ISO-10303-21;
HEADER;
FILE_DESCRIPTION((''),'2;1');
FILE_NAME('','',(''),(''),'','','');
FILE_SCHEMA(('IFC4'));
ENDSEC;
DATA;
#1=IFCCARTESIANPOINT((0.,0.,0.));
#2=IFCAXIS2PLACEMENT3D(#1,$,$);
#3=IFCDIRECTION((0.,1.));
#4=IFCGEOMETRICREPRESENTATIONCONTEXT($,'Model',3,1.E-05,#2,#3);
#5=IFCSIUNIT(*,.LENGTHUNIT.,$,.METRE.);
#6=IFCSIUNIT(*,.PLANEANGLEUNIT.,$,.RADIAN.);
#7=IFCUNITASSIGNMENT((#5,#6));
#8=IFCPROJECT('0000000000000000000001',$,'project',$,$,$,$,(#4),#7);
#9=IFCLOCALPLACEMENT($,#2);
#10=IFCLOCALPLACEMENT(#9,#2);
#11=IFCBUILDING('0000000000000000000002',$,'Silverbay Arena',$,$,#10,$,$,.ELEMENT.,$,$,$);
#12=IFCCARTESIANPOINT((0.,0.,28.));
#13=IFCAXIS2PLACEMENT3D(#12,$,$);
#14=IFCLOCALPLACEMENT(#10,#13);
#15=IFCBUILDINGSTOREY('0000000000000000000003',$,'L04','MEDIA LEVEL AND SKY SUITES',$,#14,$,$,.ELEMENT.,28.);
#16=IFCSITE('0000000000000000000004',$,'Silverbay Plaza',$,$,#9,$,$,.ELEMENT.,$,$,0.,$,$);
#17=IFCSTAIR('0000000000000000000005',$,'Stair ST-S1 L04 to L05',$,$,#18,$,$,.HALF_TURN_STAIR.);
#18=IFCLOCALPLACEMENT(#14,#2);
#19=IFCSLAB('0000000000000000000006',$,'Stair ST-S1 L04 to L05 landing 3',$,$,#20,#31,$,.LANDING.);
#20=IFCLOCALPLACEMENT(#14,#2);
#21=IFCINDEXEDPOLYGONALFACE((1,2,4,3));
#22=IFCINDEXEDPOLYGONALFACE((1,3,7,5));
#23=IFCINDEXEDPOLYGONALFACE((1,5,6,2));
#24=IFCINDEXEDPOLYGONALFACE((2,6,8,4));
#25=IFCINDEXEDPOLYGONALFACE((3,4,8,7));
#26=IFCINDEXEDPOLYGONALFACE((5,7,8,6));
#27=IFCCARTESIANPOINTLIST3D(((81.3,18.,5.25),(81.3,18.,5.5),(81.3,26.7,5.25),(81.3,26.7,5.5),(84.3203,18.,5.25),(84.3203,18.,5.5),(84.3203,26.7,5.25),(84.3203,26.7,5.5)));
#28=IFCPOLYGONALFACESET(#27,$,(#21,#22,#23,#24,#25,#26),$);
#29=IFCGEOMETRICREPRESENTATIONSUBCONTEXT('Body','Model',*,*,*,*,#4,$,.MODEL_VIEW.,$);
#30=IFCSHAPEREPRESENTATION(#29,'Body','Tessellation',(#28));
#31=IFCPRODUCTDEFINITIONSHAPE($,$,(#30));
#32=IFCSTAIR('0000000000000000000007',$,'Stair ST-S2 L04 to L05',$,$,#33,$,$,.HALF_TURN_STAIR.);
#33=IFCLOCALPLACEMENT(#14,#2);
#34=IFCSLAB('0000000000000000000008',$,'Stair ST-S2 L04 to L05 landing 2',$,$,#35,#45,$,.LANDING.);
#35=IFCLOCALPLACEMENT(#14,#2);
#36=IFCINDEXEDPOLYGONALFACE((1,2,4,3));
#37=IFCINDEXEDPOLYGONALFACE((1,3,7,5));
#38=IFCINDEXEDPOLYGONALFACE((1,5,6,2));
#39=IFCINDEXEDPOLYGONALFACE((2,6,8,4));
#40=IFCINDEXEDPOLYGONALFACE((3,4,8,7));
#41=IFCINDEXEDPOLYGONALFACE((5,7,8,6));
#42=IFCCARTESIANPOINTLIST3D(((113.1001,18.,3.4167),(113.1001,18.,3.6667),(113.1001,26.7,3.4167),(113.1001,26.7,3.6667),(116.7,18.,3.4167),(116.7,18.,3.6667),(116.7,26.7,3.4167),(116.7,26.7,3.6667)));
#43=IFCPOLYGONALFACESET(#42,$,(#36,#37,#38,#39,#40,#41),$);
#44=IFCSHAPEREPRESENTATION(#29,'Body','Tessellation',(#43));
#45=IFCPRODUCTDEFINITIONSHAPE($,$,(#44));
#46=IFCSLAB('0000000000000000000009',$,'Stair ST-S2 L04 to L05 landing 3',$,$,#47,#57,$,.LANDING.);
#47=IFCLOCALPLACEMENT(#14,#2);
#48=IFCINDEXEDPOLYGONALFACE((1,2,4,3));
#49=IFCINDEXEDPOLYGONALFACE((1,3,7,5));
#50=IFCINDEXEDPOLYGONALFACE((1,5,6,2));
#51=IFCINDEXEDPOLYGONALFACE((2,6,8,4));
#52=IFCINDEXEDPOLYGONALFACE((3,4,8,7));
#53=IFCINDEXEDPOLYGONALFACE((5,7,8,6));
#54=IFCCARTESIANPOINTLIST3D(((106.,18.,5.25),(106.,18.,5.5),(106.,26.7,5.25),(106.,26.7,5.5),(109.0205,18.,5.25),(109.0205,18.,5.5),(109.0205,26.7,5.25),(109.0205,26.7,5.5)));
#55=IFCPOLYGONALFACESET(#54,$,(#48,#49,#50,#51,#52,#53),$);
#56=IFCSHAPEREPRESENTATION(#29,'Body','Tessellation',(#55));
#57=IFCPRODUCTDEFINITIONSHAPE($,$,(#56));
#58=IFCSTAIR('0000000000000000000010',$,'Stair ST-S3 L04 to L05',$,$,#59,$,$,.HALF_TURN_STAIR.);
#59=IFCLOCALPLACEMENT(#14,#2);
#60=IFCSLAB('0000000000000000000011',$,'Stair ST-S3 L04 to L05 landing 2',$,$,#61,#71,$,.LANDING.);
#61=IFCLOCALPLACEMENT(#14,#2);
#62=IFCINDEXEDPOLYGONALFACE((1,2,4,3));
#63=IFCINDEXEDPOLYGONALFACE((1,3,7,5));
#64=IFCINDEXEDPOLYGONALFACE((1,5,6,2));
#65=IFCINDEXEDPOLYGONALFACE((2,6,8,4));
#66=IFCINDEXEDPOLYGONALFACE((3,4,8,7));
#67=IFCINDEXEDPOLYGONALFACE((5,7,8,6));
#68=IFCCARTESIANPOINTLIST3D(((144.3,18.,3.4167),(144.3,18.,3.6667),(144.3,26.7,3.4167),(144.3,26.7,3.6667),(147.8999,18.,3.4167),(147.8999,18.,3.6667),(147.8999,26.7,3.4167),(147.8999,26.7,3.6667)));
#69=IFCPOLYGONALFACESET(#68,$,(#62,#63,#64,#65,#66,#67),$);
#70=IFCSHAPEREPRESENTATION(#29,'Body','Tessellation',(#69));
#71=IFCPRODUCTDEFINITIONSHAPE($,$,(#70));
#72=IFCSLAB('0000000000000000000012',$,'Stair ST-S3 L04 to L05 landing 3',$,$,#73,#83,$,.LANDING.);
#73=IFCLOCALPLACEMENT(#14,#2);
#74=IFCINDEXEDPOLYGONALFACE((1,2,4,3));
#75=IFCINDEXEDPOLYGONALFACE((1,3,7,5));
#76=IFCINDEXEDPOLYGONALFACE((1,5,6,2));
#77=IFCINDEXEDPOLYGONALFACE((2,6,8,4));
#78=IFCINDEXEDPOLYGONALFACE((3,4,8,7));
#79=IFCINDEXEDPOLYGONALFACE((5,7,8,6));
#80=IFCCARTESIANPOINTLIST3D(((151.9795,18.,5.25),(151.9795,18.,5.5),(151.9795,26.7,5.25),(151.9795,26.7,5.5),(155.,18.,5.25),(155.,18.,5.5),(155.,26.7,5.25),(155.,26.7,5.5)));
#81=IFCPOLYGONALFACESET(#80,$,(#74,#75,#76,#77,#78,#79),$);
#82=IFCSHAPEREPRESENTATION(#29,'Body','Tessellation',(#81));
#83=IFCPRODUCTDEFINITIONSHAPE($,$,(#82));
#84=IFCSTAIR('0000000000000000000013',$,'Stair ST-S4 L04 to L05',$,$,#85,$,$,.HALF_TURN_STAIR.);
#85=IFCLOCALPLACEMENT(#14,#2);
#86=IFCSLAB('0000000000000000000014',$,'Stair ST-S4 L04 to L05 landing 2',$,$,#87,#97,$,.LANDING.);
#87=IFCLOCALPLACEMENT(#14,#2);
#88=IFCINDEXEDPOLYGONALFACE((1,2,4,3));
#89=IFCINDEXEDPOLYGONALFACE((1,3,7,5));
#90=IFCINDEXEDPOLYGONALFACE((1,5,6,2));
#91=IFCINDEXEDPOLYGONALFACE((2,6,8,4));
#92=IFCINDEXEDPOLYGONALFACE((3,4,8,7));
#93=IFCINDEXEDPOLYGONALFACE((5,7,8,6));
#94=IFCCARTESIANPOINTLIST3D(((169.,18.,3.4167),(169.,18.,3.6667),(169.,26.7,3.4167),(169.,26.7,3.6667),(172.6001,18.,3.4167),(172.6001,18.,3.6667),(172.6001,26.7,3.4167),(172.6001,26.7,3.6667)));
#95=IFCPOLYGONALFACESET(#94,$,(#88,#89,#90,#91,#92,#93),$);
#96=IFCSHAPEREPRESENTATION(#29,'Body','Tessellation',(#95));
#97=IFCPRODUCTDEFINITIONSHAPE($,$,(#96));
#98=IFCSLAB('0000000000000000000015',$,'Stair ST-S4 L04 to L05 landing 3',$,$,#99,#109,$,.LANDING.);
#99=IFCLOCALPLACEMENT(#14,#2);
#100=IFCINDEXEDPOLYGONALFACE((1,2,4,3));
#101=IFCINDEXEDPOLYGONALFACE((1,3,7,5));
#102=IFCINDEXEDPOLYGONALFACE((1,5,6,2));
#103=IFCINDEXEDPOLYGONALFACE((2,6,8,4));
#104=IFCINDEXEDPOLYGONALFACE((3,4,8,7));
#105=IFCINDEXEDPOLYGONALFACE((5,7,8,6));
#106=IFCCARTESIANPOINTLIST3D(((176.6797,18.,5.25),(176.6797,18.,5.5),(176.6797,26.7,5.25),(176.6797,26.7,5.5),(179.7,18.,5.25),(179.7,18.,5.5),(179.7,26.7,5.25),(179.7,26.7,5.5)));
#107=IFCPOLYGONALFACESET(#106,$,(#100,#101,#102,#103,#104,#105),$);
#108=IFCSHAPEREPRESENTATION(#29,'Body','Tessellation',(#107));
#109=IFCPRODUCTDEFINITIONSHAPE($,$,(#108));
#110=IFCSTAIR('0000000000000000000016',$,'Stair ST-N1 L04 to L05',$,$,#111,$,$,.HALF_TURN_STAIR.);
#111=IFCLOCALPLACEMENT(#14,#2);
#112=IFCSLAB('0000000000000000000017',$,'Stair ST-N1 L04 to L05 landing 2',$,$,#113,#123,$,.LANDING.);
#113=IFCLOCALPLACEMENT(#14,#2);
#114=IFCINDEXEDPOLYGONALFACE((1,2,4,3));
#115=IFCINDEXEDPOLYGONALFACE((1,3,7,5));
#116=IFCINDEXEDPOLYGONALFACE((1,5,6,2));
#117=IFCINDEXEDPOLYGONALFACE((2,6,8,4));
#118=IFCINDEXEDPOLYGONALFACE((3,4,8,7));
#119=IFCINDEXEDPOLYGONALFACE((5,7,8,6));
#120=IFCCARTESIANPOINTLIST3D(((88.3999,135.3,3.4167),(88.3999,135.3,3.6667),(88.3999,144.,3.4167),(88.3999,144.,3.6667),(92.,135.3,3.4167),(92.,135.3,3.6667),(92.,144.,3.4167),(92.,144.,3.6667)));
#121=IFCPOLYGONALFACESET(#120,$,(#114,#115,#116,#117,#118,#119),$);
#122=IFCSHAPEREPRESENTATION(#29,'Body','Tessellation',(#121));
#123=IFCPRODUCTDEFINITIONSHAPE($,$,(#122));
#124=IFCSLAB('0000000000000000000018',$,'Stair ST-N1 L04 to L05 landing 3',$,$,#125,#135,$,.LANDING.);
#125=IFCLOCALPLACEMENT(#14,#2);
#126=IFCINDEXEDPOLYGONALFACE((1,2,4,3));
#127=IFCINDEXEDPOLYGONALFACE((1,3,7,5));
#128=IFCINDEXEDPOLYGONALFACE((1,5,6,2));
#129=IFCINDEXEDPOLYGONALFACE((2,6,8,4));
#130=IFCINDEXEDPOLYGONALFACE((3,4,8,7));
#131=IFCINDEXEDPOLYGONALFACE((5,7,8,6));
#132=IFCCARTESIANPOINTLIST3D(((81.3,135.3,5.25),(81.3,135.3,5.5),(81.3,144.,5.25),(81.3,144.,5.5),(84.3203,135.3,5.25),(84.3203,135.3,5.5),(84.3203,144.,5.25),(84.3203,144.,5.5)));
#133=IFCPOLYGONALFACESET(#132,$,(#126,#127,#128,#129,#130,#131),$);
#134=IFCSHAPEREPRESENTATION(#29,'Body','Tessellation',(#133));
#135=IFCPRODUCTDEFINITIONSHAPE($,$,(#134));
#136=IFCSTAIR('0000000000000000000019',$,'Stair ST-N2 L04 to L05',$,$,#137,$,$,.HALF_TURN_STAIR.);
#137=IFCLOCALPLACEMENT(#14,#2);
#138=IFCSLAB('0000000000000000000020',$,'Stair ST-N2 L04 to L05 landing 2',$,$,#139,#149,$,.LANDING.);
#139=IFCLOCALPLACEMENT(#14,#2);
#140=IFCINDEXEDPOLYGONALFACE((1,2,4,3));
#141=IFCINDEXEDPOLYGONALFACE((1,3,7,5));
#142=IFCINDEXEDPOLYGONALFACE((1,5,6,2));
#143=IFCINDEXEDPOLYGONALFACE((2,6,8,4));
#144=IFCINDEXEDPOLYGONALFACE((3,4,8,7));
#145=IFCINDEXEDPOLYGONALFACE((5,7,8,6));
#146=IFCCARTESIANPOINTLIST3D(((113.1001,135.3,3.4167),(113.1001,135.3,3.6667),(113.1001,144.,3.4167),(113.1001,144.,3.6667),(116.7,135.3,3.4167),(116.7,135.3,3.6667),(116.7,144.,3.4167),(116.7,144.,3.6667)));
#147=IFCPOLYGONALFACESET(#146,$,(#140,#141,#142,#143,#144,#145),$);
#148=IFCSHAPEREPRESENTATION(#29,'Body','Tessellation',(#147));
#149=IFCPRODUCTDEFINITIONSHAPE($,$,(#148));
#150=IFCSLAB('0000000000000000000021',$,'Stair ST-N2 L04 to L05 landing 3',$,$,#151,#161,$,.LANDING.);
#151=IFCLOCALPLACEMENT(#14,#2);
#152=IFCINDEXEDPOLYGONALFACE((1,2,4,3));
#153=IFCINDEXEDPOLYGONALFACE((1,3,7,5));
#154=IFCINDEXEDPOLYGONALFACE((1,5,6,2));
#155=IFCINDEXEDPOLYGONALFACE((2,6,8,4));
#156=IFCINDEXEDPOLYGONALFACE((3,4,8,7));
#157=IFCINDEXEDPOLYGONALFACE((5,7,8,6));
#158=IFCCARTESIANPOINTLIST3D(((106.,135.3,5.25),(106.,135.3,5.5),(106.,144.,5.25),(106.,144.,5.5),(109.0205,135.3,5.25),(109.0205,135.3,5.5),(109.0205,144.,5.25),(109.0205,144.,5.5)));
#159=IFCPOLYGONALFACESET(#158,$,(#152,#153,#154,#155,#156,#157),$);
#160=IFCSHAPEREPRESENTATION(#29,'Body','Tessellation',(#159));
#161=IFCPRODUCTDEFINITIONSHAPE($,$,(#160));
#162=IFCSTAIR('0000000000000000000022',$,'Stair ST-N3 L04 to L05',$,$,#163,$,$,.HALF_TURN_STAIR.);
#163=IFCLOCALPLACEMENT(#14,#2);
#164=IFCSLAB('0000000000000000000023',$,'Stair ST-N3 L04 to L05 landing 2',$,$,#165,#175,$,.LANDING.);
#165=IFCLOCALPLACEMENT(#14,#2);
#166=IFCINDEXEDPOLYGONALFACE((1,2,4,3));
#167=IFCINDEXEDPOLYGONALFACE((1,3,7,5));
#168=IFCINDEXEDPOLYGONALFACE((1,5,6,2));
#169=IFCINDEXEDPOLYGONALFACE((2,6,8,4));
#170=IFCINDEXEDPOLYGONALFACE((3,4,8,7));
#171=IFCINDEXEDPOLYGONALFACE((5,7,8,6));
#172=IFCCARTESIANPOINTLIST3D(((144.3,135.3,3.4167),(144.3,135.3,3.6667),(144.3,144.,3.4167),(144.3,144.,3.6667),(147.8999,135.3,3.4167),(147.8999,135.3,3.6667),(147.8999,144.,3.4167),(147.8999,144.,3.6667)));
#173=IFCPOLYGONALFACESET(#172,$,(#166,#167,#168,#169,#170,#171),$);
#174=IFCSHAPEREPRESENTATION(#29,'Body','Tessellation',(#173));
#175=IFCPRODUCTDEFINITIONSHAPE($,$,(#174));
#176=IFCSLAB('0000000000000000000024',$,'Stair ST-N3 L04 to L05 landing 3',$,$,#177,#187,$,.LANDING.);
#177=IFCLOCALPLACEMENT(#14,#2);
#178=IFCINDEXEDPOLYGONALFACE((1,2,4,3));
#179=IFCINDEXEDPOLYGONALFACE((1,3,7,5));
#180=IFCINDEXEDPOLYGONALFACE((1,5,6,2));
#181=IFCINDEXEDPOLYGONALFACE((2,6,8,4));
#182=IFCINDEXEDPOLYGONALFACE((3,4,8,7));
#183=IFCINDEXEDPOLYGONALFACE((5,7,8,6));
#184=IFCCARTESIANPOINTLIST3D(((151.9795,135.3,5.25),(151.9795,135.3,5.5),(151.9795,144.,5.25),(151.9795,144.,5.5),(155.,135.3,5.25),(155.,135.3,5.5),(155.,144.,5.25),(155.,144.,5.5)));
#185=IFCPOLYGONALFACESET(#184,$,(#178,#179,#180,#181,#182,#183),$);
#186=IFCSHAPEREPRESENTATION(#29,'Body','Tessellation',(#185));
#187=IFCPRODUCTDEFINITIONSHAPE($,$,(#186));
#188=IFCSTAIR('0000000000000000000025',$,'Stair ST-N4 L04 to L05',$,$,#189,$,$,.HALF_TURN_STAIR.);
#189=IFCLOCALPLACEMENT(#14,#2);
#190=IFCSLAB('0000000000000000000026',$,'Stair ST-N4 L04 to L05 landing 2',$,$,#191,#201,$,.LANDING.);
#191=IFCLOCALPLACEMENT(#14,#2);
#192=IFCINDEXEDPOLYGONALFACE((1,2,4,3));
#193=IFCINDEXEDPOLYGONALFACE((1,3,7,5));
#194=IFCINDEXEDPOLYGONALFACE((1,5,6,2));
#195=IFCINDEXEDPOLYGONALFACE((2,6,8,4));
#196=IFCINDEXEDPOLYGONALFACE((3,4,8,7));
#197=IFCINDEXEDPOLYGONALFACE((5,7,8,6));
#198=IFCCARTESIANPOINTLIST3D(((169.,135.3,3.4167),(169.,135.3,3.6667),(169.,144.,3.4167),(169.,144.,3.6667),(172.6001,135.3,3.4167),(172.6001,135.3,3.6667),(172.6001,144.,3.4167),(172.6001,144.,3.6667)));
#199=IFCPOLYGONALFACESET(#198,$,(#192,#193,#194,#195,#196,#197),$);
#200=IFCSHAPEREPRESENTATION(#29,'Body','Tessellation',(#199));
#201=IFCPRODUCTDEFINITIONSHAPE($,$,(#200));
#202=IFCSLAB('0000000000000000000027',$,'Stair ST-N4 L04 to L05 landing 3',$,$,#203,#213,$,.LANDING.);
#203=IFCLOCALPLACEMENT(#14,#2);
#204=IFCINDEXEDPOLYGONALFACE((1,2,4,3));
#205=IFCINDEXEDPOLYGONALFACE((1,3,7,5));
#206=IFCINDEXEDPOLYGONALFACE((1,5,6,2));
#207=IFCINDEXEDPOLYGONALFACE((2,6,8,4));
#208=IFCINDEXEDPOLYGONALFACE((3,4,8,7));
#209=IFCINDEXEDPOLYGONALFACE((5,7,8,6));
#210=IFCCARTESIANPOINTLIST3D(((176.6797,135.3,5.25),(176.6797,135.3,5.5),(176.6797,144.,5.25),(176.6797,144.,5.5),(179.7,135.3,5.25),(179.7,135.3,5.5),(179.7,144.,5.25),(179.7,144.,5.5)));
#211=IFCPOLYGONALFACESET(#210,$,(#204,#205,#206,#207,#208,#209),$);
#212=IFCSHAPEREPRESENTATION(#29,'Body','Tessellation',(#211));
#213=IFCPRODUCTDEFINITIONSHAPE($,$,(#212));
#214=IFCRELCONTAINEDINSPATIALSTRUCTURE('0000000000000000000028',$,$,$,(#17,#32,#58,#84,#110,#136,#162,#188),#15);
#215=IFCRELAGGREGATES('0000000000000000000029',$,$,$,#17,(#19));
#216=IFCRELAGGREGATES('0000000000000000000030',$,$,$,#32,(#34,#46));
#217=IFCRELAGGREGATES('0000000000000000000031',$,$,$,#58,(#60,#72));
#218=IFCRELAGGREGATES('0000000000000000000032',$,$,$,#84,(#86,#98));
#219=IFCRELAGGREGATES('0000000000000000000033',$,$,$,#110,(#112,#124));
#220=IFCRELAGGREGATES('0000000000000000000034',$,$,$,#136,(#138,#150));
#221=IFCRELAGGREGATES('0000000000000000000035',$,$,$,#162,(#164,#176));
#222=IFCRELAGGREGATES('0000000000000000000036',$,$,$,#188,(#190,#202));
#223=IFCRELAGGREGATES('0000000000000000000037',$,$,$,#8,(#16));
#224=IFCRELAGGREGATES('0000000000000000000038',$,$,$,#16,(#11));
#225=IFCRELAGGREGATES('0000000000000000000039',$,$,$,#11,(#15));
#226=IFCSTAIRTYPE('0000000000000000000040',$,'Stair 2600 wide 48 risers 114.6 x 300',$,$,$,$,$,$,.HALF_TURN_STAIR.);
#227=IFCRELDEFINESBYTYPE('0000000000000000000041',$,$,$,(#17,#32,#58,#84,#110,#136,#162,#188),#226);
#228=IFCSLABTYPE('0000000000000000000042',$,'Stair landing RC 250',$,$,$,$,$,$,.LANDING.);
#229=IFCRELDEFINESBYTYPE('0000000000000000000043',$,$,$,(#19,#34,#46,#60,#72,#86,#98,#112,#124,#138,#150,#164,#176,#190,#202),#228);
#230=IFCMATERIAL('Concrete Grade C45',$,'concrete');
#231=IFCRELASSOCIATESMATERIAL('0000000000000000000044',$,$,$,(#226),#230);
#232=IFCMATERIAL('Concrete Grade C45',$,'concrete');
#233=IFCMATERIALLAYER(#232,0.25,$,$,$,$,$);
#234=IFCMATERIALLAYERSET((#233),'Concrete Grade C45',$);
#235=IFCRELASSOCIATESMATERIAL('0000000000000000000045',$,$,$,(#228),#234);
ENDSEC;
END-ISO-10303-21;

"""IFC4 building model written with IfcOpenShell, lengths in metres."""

from ifc_helpers import new_model, si_unit, direction, frame, origin, place, context, subcontext, project, spatial, polyline, outline, extrude, material, layer, layer_set, type_object, element, aggregate, save


model = new_model("IFC4")

# Units and contexts
model_context = context("Model", 3, precision=1e-05, world=origin(), true_north=direction((0.0, 1.0)))
body_context = subcontext(model_context, "Body", "Model", "MODEL_VIEW")
ifc_project = project(units=[si_unit("LENGTHUNIT", "METRE"), si_unit("PLANEANGLEUNIT", "RADIAN")], contexts=[model_context])

# Site, building, storey
site_placement = place(None, origin())
site = spatial("IfcSite", under=ifc_project, at=site_placement, Name="Silverbay Plaza", CompositionType="ELEMENT", RefElevation=0.0)
building_placement = place(site_placement, origin())
building = spatial("IfcBuilding", under=site, at=building_placement, Name="Silverbay Arena", CompositionType="ELEMENT")
storey_placement = place(building_placement, frame((0.0, 0.0, 28.0)))
storey = spatial("IfcBuildingStorey", under=building, at=storey_placement, Name="L04", Description="MEDIA LEVEL AND SKY SUITES", CompositionType="ELEMENT", Elevation=28.0)

# Stair, slab
ifc_material_1 = material(Name="Concrete Grade C45", Category="concrete")
stair_type = type_object("IfcStairType", Name="Stair 2600 wide 48 risers 114.6 x 300", PredefinedType="HALF_TURN_STAIR", material=ifc_material_1)
stair_1_placement = place(storey_placement, origin())
stair_1 = element("IfcStair", 1, at=stair_1_placement, inside=storey, type_object=stair_type, Name="Stair ST-S1 L04 to L05", PredefinedType="HALF_TURN_STAIR")
ifc_material_2 = material(Name="Concrete Grade C45", Category="concrete")
ifc_layer = layer(ifc_material_2, 0.25)
ifc_layer_set = layer_set([ifc_layer], Name="Concrete Grade C45")
slab_type = type_object("IfcSlabType", Name="Stair landing RC 250", PredefinedType="LANDING", material=ifc_layer_set)
slab_1_placement = place(storey_placement, frame((0.0, 0.0, 5.25)))
slab_1 = element("IfcSlab", 2, at=slab_1_placement, type_object=slab_type, Name="Stair ST-S1 L04 to L05 landing 3", PredefinedType="LANDING", context=body_context, shape_type="SweptSolid", body=[
    extrude(outline(polyline([(84.3203, 26.7), (81.3, 26.7), (81.3, 18.0), (84.3203, 18.0), (84.3203, 26.7)])), origin(), (0.0, 0.0, 1.0), 0.25),
])
aggregate(stair_1, [slab_1])

# Stairs, slabs
stair_2_placement = place(storey_placement, origin())
stair_2 = element("IfcStair", 3, at=stair_2_placement, inside=storey, type_object=stair_type, Name="Stair ST-S2 L04 to L05", PredefinedType="HALF_TURN_STAIR")
slab_2_placement = place(storey_placement, frame((0.0, 0.0, 3.4167)))
slab_2 = element("IfcSlab", 4, at=slab_2_placement, type_object=slab_type, Name="Stair ST-S2 L04 to L05 landing 2", PredefinedType="LANDING", context=body_context, shape_type="SweptSolid", body=[
    extrude(outline(polyline([(116.7, 26.7), (113.1001, 26.7), (113.1001, 18.0), (116.7, 18.0), (116.7, 26.7)])), origin(), (0.0, 0.0, 1.0), 0.25),
])
slab_3_placement = place(storey_placement, frame((0.0, 0.0, 5.25)))
slab_3 = element("IfcSlab", 5, at=slab_3_placement, type_object=slab_type, Name="Stair ST-S2 L04 to L05 landing 3", PredefinedType="LANDING", context=body_context, shape_type="SweptSolid", body=[
    extrude(outline(polyline([(109.0205, 26.7), (106.0, 26.7), (106.0, 18.0), (109.0205, 18.0), (109.0205, 26.7)])), origin(), (0.0, 0.0, 1.0), 0.25),
])
aggregate(stair_2, [slab_2, slab_3])
stair_3_placement = place(storey_placement, origin())
stair_3 = element("IfcStair", 6, at=stair_3_placement, inside=storey, type_object=stair_type, Name="Stair ST-S3 L04 to L05", PredefinedType="HALF_TURN_STAIR")
slab_4_placement = place(storey_placement, frame((0.0, 0.0, 3.4167)))
slab_4 = element("IfcSlab", 7, at=slab_4_placement, type_object=slab_type, Name="Stair ST-S3 L04 to L05 landing 2", PredefinedType="LANDING", context=body_context, shape_type="SweptSolid", body=[
    extrude(outline(polyline([(144.3, 26.7), (147.8999, 26.7), (147.8999, 18.0), (144.3, 18.0), (144.3, 26.7)])), origin(), (0.0, 0.0, 1.0), 0.25),
])
slab_5_placement = place(storey_placement, frame((0.0, 0.0, 5.25)))
slab_5 = element("IfcSlab", 8, at=slab_5_placement, type_object=slab_type, Name="Stair ST-S3 L04 to L05 landing 3", PredefinedType="LANDING", context=body_context, shape_type="SweptSolid", body=[
    extrude(outline(polyline([(151.9795, 26.7), (155.0, 26.7), (155.0, 18.0), (151.9795, 18.0), (151.9795, 26.7)])), origin(), (0.0, 0.0, 1.0), 0.25),
])
aggregate(stair_3, [slab_4, slab_5])
stair_4_placement = place(storey_placement, origin())
stair_4 = element("IfcStair", 9, at=stair_4_placement, inside=storey, type_object=stair_type, Name="Stair ST-S4 L04 to L05", PredefinedType="HALF_TURN_STAIR")
slab_6_placement = place(storey_placement, frame((0.0, 0.0, 3.4167)))
slab_6 = element("IfcSlab", 10, at=slab_6_placement, type_object=slab_type, Name="Stair ST-S4 L04 to L05 landing 2", PredefinedType="LANDING", context=body_context, shape_type="SweptSolid", body=[
    extrude(outline(polyline([(169.0, 26.7), (172.6001, 26.7), (172.6001, 18.0), (169.0, 18.0), (169.0, 26.7)])), origin(), (0.0, 0.0, 1.0), 0.25),
])
slab_7_placement = place(storey_placement, frame((0.0, 0.0, 5.25)))
slab_7 = element("IfcSlab", 11, at=slab_7_placement, type_object=slab_type, Name="Stair ST-S4 L04 to L05 landing 3", PredefinedType="LANDING", context=body_context, shape_type="SweptSolid", body=[
    extrude(outline(polyline([(176.6797, 26.7), (179.7, 26.7), (179.7, 18.0), (176.6797, 18.0), (176.6797, 26.7)])), origin(), (0.0, 0.0, 1.0), 0.25),
])
aggregate(stair_4, [slab_6, slab_7])
stair_5_placement = place(storey_placement, origin())
stair_5 = element("IfcStair", 12, at=stair_5_placement, inside=storey, type_object=stair_type, Name="Stair ST-N1 L04 to L05", PredefinedType="HALF_TURN_STAIR")
slab_8_placement = place(storey_placement, frame((0.0, 0.0, 3.4167)))
slab_8 = element("IfcSlab", 13, at=slab_8_placement, type_object=slab_type, Name="Stair ST-N1 L04 to L05 landing 2", PredefinedType="LANDING", context=body_context, shape_type="SweptSolid", body=[
    extrude(outline(polyline([(92.0, 135.3), (88.3999, 135.3), (88.3999, 144.0), (92.0, 144.0), (92.0, 135.3)])), origin(), (0.0, 0.0, 1.0), 0.25),
])
slab_9_placement = place(storey_placement, frame((0.0, 0.0, 5.25)))
slab_9 = element("IfcSlab", 14, at=slab_9_placement, type_object=slab_type, Name="Stair ST-N1 L04 to L05 landing 3", PredefinedType="LANDING", context=body_context, shape_type="SweptSolid", body=[
    extrude(outline(polyline([(84.3203, 135.3), (81.3, 135.3), (81.3, 144.0), (84.3203, 144.0), (84.3203, 135.3)])), origin(), (0.0, 0.0, 1.0), 0.25),
])
aggregate(stair_5, [slab_8, slab_9])
stair_6_placement = place(storey_placement, origin())
stair_6 = element("IfcStair", 15, at=stair_6_placement, inside=storey, type_object=stair_type, Name="Stair ST-N2 L04 to L05", PredefinedType="HALF_TURN_STAIR")
slab_10_placement = place(storey_placement, frame((0.0, 0.0, 3.4167)))
slab_10 = element("IfcSlab", 16, at=slab_10_placement, type_object=slab_type, Name="Stair ST-N2 L04 to L05 landing 2", PredefinedType="LANDING", context=body_context, shape_type="SweptSolid", body=[
    extrude(outline(polyline([(116.7, 135.3), (113.1001, 135.3), (113.1001, 144.0), (116.7, 144.0), (116.7, 135.3)])), origin(), (0.0, 0.0, 1.0), 0.25),
])
slab_11_placement = place(storey_placement, frame((0.0, 0.0, 5.25)))
slab_11 = element("IfcSlab", 17, at=slab_11_placement, type_object=slab_type, Name="Stair ST-N2 L04 to L05 landing 3", PredefinedType="LANDING", context=body_context, shape_type="SweptSolid", body=[
    extrude(outline(polyline([(109.0205, 135.3), (106.0, 135.3), (106.0, 144.0), (109.0205, 144.0), (109.0205, 135.3)])), origin(), (0.0, 0.0, 1.0), 0.25),
])
aggregate(stair_6, [slab_10, slab_11])
stair_7_placement = place(storey_placement, origin())
stair_7 = element("IfcStair", 18, at=stair_7_placement, inside=storey, type_object=stair_type, Name="Stair ST-N3 L04 to L05", PredefinedType="HALF_TURN_STAIR")
slab_12_placement = place(storey_placement, frame((0.0, 0.0, 3.4167)))
slab_12 = element("IfcSlab", 19, at=slab_12_placement, type_object=slab_type, Name="Stair ST-N3 L04 to L05 landing 2", PredefinedType="LANDING", context=body_context, shape_type="SweptSolid", body=[
    extrude(outline(polyline([(144.3, 135.3), (147.8999, 135.3), (147.8999, 144.0), (144.3, 144.0), (144.3, 135.3)])), origin(), (0.0, 0.0, 1.0), 0.25),
])
slab_13_placement = place(storey_placement, frame((0.0, 0.0, 5.25)))
slab_13 = element("IfcSlab", 20, at=slab_13_placement, type_object=slab_type, Name="Stair ST-N3 L04 to L05 landing 3", PredefinedType="LANDING", context=body_context, shape_type="SweptSolid", body=[
    extrude(outline(polyline([(151.9795, 135.3), (155.0, 135.3), (155.0, 144.0), (151.9795, 144.0), (151.9795, 135.3)])), origin(), (0.0, 0.0, 1.0), 0.25),
])
aggregate(stair_7, [slab_12, slab_13])
stair_8_placement = place(storey_placement, origin())
stair_8 = element("IfcStair", 21, at=stair_8_placement, inside=storey, type_object=stair_type, Name="Stair ST-N4 L04 to L05", PredefinedType="HALF_TURN_STAIR")
slab_14_placement = place(storey_placement, frame((0.0, 0.0, 3.4167)))
slab_14 = element("IfcSlab", 22, at=slab_14_placement, type_object=slab_type, Name="Stair ST-N4 L04 to L05 landing 2", PredefinedType="LANDING", context=body_context, shape_type="SweptSolid", body=[
    extrude(outline(polyline([(169.0, 135.3), (172.6001, 135.3), (172.6001, 144.0), (169.0, 144.0), (169.0, 135.3)])), origin(), (0.0, 0.0, 1.0), 0.25),
])
slab_15_placement = place(storey_placement, frame((0.0, 0.0, 5.25)))
slab_15 = element("IfcSlab", 23, at=slab_15_placement, type_object=slab_type, Name="Stair ST-N4 L04 to L05 landing 3", PredefinedType="LANDING", context=body_context, shape_type="SweptSolid", body=[
    extrude(outline(polyline([(176.6797, 135.3), (179.7, 135.3), (179.7, 144.0), (176.6797, 144.0), (176.6797, 135.3)])), origin(), (0.0, 0.0, 1.0), 0.25),
])
aggregate(stair_8, [slab_14, slab_15])

save(model, "model.ifc")
